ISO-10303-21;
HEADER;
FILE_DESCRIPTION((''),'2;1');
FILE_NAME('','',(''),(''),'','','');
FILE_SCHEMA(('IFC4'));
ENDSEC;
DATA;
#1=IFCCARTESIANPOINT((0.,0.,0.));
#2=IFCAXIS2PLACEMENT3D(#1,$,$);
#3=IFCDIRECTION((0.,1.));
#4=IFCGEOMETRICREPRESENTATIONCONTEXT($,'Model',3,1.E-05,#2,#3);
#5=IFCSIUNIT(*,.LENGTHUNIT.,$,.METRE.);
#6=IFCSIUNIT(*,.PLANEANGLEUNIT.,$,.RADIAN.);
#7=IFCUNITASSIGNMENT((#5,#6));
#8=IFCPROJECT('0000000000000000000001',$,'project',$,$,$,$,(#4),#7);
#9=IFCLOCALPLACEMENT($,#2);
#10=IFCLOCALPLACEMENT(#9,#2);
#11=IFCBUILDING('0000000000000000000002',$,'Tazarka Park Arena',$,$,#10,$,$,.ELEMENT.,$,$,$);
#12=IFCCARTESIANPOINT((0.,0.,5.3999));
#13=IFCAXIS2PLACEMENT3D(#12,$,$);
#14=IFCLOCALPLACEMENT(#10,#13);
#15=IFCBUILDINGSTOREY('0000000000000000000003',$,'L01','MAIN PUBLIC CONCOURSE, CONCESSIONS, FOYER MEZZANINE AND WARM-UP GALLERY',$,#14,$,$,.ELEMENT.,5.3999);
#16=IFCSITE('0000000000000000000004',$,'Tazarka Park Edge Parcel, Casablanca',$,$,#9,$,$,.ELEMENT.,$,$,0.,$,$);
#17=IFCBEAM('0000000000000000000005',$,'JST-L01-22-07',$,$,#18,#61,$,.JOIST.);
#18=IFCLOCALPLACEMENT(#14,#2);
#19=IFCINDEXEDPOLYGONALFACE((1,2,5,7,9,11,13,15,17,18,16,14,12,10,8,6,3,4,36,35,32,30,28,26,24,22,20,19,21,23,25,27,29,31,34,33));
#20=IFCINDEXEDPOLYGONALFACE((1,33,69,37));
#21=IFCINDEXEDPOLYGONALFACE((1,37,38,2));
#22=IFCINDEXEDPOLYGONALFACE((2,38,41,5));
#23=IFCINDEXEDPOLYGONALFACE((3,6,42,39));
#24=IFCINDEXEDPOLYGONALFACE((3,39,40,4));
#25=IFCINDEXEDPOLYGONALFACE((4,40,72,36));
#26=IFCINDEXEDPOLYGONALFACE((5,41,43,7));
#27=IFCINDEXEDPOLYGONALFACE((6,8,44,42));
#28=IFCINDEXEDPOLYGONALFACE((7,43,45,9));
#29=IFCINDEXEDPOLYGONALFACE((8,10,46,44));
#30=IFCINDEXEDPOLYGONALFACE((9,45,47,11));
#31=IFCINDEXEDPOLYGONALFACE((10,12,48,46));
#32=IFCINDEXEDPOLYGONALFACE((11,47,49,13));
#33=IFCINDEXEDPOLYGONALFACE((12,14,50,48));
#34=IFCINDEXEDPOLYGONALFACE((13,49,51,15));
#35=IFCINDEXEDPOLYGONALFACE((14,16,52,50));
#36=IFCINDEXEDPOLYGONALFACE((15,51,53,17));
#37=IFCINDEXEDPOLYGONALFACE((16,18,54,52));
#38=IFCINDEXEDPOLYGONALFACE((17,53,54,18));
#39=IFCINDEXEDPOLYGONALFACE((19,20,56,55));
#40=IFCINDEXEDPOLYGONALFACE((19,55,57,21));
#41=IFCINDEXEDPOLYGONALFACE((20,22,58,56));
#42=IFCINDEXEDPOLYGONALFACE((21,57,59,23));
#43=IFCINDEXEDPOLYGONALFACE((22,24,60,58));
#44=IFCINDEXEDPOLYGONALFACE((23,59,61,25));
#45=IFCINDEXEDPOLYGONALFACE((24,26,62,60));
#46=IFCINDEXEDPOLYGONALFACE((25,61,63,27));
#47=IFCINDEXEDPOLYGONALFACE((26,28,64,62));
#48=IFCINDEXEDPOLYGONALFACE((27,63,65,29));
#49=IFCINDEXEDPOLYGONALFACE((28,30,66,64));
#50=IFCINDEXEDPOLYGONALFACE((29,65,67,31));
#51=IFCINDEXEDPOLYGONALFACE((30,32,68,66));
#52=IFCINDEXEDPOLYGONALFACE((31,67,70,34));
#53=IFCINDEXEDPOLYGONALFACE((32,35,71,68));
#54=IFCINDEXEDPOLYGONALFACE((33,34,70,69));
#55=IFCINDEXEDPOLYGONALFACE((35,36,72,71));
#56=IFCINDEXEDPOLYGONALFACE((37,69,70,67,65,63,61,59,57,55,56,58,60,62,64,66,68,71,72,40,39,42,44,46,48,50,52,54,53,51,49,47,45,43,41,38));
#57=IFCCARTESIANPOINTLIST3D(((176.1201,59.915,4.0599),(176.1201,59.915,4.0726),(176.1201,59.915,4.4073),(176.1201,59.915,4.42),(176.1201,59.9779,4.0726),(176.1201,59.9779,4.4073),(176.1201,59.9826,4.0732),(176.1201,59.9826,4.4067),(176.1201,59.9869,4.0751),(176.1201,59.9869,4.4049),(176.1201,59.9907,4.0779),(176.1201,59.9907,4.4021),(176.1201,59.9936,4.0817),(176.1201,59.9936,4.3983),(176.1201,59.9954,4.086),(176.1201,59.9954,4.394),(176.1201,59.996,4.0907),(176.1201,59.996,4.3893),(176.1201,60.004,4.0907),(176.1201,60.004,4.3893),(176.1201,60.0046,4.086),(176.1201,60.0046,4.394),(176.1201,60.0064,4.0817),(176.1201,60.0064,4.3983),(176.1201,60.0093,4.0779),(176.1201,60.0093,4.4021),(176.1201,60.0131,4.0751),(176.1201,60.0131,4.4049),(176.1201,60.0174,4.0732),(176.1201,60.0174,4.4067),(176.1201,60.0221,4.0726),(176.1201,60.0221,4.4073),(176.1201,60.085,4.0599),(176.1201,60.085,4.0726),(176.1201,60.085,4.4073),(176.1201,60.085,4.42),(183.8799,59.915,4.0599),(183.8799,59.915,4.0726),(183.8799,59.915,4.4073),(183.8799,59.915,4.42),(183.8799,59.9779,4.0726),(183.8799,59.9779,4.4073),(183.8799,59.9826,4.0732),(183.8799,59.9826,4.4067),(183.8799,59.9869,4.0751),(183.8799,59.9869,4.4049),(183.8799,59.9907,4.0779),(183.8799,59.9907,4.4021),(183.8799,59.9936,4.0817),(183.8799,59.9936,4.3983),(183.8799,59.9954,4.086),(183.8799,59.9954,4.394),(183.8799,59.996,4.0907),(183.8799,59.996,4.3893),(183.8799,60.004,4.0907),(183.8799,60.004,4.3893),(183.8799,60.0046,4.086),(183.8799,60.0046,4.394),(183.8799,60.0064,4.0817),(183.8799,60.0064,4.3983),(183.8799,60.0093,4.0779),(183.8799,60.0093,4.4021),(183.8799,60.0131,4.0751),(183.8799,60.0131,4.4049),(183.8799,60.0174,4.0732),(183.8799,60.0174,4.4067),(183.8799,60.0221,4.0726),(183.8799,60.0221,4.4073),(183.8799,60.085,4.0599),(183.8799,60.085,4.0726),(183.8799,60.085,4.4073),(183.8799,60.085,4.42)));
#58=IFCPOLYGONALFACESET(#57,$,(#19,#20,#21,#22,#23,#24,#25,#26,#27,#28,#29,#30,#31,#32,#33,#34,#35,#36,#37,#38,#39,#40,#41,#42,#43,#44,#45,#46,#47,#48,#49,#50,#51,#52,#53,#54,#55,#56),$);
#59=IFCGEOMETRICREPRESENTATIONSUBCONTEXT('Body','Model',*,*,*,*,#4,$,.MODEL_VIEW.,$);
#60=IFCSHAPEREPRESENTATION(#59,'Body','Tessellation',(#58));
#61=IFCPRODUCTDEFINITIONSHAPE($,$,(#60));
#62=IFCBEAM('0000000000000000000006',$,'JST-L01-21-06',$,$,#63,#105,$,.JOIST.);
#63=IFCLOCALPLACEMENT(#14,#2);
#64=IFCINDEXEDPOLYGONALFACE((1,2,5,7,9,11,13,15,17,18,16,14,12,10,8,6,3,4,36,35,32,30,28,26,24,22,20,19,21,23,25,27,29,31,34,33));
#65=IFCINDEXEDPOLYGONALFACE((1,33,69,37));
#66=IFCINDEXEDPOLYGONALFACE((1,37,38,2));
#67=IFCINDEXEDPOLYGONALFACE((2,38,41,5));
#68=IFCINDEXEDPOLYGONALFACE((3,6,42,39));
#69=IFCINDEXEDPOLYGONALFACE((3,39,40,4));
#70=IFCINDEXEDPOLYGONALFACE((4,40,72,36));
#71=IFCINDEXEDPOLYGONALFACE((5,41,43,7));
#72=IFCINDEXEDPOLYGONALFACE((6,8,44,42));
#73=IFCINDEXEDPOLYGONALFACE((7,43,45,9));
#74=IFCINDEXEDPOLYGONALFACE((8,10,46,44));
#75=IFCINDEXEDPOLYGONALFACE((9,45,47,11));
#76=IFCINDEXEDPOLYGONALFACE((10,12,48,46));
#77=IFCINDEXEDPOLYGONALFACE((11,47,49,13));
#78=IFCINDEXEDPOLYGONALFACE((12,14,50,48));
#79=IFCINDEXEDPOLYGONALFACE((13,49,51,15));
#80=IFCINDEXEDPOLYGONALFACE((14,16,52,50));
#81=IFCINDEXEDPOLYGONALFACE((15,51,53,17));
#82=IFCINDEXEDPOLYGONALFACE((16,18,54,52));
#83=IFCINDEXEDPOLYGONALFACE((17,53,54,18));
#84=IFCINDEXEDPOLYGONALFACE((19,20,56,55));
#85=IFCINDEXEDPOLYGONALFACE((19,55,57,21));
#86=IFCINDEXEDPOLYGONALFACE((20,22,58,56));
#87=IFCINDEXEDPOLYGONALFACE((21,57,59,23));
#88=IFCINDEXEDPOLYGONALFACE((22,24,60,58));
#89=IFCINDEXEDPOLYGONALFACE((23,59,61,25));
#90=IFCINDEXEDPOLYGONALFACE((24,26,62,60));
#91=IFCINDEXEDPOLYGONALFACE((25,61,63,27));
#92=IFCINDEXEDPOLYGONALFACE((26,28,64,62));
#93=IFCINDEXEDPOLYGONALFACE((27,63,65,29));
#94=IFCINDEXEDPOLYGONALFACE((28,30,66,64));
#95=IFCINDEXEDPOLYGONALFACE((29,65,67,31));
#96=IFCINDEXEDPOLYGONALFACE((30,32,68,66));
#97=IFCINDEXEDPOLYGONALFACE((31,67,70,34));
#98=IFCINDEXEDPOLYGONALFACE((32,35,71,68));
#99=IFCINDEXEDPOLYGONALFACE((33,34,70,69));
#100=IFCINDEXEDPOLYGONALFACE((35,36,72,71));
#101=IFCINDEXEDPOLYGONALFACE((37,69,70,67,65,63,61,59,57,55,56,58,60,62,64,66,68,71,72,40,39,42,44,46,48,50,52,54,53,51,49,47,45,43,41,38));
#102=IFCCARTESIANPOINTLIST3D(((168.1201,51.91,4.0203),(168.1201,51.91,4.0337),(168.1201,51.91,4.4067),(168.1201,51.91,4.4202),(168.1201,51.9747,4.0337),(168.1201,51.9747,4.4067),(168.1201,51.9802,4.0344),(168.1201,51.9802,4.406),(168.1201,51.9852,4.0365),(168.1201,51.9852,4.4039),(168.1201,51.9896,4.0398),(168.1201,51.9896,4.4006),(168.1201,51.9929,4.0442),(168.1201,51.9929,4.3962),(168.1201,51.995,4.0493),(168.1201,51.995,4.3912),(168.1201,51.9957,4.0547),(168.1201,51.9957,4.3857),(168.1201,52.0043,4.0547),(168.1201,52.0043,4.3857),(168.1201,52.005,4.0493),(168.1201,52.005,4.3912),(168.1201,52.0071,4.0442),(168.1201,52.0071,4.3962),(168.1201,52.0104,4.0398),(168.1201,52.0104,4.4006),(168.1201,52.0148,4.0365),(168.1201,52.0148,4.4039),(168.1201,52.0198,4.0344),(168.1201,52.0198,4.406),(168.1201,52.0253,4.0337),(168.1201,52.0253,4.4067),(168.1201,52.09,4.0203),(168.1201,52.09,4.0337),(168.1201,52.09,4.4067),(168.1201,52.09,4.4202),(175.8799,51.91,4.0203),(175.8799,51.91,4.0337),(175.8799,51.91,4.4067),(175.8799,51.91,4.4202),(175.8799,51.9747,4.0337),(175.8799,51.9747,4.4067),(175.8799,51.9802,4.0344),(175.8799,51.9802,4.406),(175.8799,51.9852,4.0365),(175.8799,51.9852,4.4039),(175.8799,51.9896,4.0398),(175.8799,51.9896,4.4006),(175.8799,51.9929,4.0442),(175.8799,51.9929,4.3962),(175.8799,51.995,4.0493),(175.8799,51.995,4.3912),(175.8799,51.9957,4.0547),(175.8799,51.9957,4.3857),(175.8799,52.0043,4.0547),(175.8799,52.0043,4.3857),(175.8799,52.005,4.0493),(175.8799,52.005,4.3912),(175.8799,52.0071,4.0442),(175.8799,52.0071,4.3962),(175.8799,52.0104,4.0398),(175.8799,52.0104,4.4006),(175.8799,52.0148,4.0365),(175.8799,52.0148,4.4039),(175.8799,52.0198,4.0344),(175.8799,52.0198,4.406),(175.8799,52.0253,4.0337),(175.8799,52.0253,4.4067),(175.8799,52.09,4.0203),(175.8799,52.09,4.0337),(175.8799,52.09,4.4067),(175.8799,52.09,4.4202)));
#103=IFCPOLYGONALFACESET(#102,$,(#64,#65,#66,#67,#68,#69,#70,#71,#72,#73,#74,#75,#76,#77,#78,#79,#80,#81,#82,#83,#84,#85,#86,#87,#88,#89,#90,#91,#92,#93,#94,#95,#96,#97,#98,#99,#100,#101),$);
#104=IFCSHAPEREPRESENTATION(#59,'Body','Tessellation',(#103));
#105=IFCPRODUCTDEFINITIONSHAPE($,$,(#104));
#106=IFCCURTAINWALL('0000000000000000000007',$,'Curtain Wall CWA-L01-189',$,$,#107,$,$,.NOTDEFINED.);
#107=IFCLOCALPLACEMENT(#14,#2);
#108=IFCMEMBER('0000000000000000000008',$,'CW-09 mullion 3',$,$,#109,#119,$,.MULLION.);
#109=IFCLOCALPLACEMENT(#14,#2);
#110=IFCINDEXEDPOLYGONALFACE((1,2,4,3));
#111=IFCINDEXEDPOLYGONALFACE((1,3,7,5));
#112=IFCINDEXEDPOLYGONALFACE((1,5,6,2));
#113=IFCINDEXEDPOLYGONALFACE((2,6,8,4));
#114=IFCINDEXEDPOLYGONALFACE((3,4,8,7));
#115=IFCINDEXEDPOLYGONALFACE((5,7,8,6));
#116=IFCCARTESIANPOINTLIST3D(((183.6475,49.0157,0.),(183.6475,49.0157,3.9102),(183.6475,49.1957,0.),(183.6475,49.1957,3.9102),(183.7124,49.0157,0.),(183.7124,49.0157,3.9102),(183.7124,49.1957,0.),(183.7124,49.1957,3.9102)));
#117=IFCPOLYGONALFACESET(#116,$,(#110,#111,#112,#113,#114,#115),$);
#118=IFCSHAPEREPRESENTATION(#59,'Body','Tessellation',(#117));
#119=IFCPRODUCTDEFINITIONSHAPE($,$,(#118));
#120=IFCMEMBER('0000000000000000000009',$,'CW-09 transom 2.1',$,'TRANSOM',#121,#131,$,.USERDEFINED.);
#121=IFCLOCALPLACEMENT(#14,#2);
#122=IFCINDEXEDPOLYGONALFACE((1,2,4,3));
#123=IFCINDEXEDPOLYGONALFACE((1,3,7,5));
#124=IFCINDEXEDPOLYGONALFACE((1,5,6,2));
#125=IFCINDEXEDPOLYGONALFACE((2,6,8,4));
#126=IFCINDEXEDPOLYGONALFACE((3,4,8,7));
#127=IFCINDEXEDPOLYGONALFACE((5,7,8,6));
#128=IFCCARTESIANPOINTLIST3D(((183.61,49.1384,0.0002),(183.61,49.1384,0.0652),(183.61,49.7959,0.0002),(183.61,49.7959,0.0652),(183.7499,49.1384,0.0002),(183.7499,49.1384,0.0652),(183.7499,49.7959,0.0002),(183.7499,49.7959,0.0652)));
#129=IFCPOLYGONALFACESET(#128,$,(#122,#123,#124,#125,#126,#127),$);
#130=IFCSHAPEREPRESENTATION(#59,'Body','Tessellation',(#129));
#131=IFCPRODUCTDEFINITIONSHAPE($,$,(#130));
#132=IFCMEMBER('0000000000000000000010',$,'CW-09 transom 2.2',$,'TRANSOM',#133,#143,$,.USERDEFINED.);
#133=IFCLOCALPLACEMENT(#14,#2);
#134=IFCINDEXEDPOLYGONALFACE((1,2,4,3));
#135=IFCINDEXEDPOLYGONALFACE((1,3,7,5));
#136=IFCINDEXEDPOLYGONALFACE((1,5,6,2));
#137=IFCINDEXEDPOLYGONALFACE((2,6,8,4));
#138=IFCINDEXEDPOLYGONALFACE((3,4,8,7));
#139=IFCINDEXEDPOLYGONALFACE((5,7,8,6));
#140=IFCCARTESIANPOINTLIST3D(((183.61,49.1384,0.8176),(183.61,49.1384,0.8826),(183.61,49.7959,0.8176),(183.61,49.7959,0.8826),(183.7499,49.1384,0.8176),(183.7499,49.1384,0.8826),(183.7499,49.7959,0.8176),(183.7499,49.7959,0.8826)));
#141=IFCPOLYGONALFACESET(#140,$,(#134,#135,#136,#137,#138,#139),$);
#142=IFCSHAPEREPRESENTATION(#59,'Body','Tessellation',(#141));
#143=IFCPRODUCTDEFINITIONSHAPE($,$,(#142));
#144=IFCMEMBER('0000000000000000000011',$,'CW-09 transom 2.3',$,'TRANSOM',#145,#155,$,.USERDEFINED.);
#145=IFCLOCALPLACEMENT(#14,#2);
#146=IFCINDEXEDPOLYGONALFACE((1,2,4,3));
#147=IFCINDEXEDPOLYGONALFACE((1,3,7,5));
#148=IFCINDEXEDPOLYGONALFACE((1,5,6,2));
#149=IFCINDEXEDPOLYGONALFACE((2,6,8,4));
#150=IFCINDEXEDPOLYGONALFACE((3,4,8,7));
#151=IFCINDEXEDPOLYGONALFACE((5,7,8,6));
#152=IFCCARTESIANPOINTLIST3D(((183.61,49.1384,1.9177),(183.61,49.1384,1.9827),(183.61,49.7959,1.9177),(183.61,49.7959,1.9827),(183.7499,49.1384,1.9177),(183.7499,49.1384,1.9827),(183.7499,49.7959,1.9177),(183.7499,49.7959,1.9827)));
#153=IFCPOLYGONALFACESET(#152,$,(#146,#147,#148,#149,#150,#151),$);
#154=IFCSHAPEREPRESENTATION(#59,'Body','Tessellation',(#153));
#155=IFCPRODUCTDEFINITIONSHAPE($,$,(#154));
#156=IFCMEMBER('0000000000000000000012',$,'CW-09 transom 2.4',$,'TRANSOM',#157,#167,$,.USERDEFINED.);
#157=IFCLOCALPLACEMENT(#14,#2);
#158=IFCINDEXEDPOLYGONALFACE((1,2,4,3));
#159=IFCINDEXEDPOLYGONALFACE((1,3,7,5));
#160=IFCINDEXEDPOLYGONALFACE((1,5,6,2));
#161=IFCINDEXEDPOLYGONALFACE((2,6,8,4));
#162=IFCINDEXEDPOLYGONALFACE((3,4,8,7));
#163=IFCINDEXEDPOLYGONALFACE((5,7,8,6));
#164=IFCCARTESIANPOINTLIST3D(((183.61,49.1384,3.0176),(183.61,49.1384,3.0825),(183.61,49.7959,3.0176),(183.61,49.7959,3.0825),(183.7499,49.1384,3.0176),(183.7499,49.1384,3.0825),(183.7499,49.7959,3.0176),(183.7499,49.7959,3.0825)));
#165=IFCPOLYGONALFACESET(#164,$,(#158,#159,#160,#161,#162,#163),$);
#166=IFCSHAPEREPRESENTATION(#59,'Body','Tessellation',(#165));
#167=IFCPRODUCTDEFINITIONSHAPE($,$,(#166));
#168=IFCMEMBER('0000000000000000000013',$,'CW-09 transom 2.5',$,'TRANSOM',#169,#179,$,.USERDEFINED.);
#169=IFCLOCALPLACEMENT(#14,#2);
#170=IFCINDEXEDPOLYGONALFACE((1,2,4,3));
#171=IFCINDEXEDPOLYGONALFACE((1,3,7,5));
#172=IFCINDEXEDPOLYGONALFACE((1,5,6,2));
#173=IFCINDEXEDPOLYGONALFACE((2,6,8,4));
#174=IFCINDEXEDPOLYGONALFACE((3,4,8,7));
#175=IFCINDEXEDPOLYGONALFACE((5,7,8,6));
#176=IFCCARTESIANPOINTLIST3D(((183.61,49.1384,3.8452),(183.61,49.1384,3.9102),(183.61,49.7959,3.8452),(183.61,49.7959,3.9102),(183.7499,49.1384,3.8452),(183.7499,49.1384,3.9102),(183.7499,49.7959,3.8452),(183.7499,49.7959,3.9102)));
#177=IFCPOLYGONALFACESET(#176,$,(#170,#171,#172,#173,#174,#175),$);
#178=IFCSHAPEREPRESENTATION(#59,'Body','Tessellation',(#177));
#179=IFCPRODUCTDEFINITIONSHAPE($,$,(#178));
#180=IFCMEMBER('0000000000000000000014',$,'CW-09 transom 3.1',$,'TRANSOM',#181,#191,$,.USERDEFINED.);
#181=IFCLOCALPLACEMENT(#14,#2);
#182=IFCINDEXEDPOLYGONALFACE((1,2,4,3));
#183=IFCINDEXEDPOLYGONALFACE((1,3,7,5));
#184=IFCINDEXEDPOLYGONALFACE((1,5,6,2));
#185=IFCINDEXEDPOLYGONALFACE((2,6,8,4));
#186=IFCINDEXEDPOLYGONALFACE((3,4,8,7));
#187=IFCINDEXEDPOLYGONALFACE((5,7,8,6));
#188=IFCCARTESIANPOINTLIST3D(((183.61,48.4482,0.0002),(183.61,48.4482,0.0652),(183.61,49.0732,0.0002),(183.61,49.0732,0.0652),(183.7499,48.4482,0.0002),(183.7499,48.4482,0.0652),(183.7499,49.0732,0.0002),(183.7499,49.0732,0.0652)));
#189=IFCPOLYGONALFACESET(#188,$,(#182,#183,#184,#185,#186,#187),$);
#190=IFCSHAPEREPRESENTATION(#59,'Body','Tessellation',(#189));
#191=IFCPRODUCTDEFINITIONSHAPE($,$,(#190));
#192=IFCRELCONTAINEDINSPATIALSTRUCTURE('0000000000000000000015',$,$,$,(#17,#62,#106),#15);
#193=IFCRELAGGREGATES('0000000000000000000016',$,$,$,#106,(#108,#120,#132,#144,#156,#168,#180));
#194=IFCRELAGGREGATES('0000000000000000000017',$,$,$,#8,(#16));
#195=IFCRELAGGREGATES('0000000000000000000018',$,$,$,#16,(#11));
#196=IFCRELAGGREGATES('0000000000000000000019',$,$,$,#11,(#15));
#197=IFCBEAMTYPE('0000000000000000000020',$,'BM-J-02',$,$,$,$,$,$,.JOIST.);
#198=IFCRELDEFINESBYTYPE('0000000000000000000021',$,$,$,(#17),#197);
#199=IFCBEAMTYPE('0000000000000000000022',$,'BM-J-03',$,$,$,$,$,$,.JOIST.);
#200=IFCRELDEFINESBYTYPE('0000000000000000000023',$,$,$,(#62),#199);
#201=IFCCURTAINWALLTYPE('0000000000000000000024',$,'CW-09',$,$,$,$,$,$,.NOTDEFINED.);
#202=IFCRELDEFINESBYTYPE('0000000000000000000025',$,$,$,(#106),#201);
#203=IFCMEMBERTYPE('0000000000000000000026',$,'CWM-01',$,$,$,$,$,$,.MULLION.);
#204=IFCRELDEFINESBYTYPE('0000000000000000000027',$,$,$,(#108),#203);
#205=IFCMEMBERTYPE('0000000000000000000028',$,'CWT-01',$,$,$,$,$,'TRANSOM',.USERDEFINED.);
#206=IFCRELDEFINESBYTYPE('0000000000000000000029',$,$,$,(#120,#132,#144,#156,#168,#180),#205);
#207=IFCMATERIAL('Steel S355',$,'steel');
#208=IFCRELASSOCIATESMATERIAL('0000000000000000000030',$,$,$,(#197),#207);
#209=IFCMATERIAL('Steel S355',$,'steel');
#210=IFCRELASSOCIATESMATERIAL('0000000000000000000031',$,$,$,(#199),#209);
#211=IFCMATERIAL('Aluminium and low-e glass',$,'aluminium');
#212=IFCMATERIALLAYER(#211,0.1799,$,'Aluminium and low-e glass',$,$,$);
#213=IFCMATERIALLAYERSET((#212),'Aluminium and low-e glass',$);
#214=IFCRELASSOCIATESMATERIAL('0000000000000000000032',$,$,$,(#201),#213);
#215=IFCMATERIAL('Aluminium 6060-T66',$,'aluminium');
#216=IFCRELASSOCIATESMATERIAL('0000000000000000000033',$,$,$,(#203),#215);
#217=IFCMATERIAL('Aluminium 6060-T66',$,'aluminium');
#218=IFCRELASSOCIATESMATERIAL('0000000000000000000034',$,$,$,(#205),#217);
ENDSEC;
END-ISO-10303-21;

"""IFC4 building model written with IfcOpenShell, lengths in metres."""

from ifc_helpers import new_model, si_unit, direction, frame, origin, origin_2d, place, context, subcontext, project, spatial, rectangle, i_section, extrude, material, layer, layer_set, material_profile, profile_set, type_object, element, aggregate, save


model = new_model("IFC4")

# Units and contexts
model_context = context("Model", 3, precision=1e-05, world=origin(), true_north=direction((0.0, 1.0)))
body_context = subcontext(model_context, "Body", "Model", "MODEL_VIEW")
ifc_project = project(units=[si_unit("LENGTHUNIT", "METRE"), si_unit("PLANEANGLEUNIT", "RADIAN")], contexts=[model_context])

# Site, building, storey
site_placement = place(None, origin())
site = spatial("IfcSite", under=ifc_project, at=site_placement, Name="Tazarka Park Edge Parcel, Casablanca", CompositionType="ELEMENT", RefElevation=0.0)
building_placement = place(site_placement, origin())
building = spatial("IfcBuilding", under=site, at=building_placement, Name="Tazarka Park Arena", CompositionType="ELEMENT")
storey_placement = place(building_placement, frame((0.0, 0.0, 5.3999)))
storey = spatial("IfcBuildingStorey", under=building, at=storey_placement, Name="L01", Description="MAIN PUBLIC CONCOURSE, CONCESSIONS, FOYER MEZZANINE AND WARM-UP GALLERY", CompositionType="ELEMENT", Elevation=5.3999)

# Beams
ifc_material_1 = material(Name="Steel S355", Category="steel")
ifc_material_profile_1 = material_profile(ifc_material_1, i_section(OverallWidth=0.1699, OverallDepth=0.3601, WebThickness=0.0081, FlangeThickness=0.0127, FilletRadius=0.0181, at=origin_2d()), Name="Steel S355")
ifc_profile_set_1 = profile_set([ifc_material_profile_1], Name="Steel S355")
beam_type_1 = type_object("IfcBeamType", Name="BM-J-02", PredefinedType="JOIST", material=ifc_profile_set_1)
beam_1_placement = place(storey_placement, frame((176.1201, 60.0, 4.24), z_axis=(1.0, 0.0, 0.0), x_axis=(0.0, 1.0, 0.0)))
element("IfcBeam", 1, at=beam_1_placement, inside=storey, type_object=beam_type_1, Name="JST-L01-22-07", PredefinedType="JOIST", context=body_context, shape_type="SweptSolid", body=[
    extrude(i_section(OverallWidth=0.1699, OverallDepth=0.3601, WebThickness=0.0081, FlangeThickness=0.0127, FilletRadius=0.0181, at=origin_2d()), origin(), (0.0, 0.0, 1.0), 7.7598),
])
ifc_material_2 = material(Name="Steel S355", Category="steel")
ifc_material_profile_2 = material_profile(ifc_material_2, i_section(OverallWidth=0.1799, OverallDepth=0.3999, WebThickness=0.0085, FlangeThickness=0.0134, FilletRadius=0.021, at=origin_2d()), Name="Steel S355")
ifc_profile_set_2 = profile_set([ifc_material_profile_2], Name="Steel S355")
beam_type_2 = type_object("IfcBeamType", Name="BM-J-03", PredefinedType="JOIST", material=ifc_profile_set_2)
beam_2_placement = place(storey_placement, frame((168.1201, 52.0, 4.2202), z_axis=(1.0, 0.0, 0.0), x_axis=(0.0, 1.0, 0.0)))
element("IfcBeam", 2, at=beam_2_placement, inside=storey, type_object=beam_type_2, Name="JST-L01-21-06", PredefinedType="JOIST", context=body_context, shape_type="SweptSolid", body=[
    extrude(i_section(OverallWidth=0.1799, OverallDepth=0.3999, WebThickness=0.0085, FlangeThickness=0.0134, FilletRadius=0.021, at=origin_2d()), origin(), (0.0, 0.0, 1.0), 7.7598),
])

# Curtain wall, members
ifc_material_3 = material(Name="Aluminium and low-e glass", Category="aluminium")
ifc_layer_1 = layer(ifc_material_3, 0.1799, Name="Aluminium and low-e glass")
ifc_layer_set_1 = layer_set([ifc_layer_1], Name="Aluminium and low-e glass")
curtain_wall_type = type_object("IfcCurtainWallType", Name="CW-09", PredefinedType="NOTDEFINED", material=ifc_layer_set_1)
curtain_wall_placement = place(storey_placement, origin())
curtain_wall = element("IfcCurtainWall", 3, at=curtain_wall_placement, inside=storey, type_object=curtain_wall_type, Name="Curtain Wall CWA-L01-189", PredefinedType="NOTDEFINED")
ifc_material_4 = material(Name="Aluminium 6060-T66", Category="aluminium")
ifc_material_profile_3 = material_profile(ifc_material_4, rectangle(XDim=0.0649, YDim=0.1799, at=origin_2d()), Name="Aluminium 6060-T66")
ifc_profile_set_3 = profile_set([ifc_material_profile_3], Name="Aluminium 6060-T66")
member_type_1 = type_object("IfcMemberType", Name="CWM-01", PredefinedType="MULLION", material=ifc_profile_set_3)
member_1_placement = place(storey_placement, frame((183.6799, 49.1057, 0.0), z_axis=(0.0, 0.0, 1.0), x_axis=(1.0, 0.0, 0.0)))
member_1 = element("IfcMember", 4, at=member_1_placement, type_object=member_type_1, Name="CW-09 mullion 3", PredefinedType="MULLION", context=body_context, shape_type="SweptSolid", body=[
    extrude(rectangle(XDim=0.0649, YDim=0.1799, at=origin_2d()), origin(), (0.0, 0.0, 1.0), 3.9102),
])
ifc_material_5 = material(Name="Aluminium 6060-T66", Category="aluminium")
ifc_material_profile_4 = material_profile(ifc_material_5, rectangle(XDim=0.1399, YDim=0.0649, at=origin_2d()), Name="Aluminium 6060-T66")
ifc_profile_set_4 = profile_set([ifc_material_profile_4], Name="Aluminium 6060-T66")
member_type_2 = type_object("IfcMemberType", Name="CWT-01", ElementType="TRANSOM", PredefinedType="USERDEFINED", material=ifc_profile_set_4)
member_2_placement = place(storey_placement, frame((183.6799, 49.7959, 0.0327), z_axis=(0.0, -1.0, 0.0), x_axis=(1.0, 0.0, 0.0)))
member_2 = element("IfcMember", 5, at=member_2_placement, type_object=member_type_2, Name="CW-09 transom 2.1", ObjectType="TRANSOM", PredefinedType="USERDEFINED", context=body_context, shape_type="SweptSolid", body=[
    extrude(rectangle(XDim=0.1399, YDim=0.0649, at=origin_2d()), origin(), (0.0, 0.0, 1.0), 0.6575),
])
member_3_placement = place(storey_placement, frame((183.6799, 49.7959, 0.8501), z_axis=(0.0, -1.0, 0.0), x_axis=(1.0, 0.0, 0.0)))
member_3 = element("IfcMember", 6, at=member_3_placement, type_object=member_type_2, Name="CW-09 transom 2.2", ObjectType="TRANSOM", PredefinedType="USERDEFINED", context=body_context, shape_type="SweptSolid", body=[
    extrude(rectangle(XDim=0.1399, YDim=0.0649, at=origin_2d()), origin(), (0.0, 0.0, 1.0), 0.6575),
])
member_4_placement = place(storey_placement, frame((183.6799, 49.7959, 1.9502), z_axis=(0.0, -1.0, 0.0), x_axis=(1.0, 0.0, 0.0)))
member_4 = element("IfcMember", 7, at=member_4_placement, type_object=member_type_2, Name="CW-09 transom 2.3", ObjectType="TRANSOM", PredefinedType="USERDEFINED", context=body_context, shape_type="SweptSolid", body=[
    extrude(rectangle(XDim=0.1399, YDim=0.0649, at=origin_2d()), origin(), (0.0, 0.0, 1.0), 0.6575),
])
member_5_placement = place(storey_placement, frame((183.6799, 49.7959, 3.05), z_axis=(0.0, -1.0, 0.0), x_axis=(1.0, 0.0, 0.0)))
member_5 = element("IfcMember", 8, at=member_5_placement, type_object=member_type_2, Name="CW-09 transom 2.4", ObjectType="TRANSOM", PredefinedType="USERDEFINED", context=body_context, shape_type="SweptSolid", body=[
    extrude(rectangle(XDim=0.1399, YDim=0.0649, at=origin_2d()), origin(), (0.0, 0.0, 1.0), 0.6575),
])
member_6_placement = place(storey_placement, frame((183.6799, 49.7959, 3.8777), z_axis=(0.0, -1.0, 0.0), x_axis=(1.0, 0.0, 0.0)))
member_6 = element("IfcMember", 9, at=member_6_placement, type_object=member_type_2, Name="CW-09 transom 2.5", ObjectType="TRANSOM", PredefinedType="USERDEFINED", context=body_context, shape_type="SweptSolid", body=[
    extrude(rectangle(XDim=0.1399, YDim=0.0649, at=origin_2d()), origin(), (0.0, 0.0, 1.0), 0.6575),
])
member_7_placement = place(storey_placement, frame((183.6799, 49.0732, 0.0327), z_axis=(0.0, -1.0, 0.0), x_axis=(1.0, 0.0, 0.0)))
member_7 = element("IfcMember", 10, at=member_7_placement, type_object=member_type_2, Name="CW-09 transom 3.1", ObjectType="TRANSOM", PredefinedType="USERDEFINED", context=body_context, shape_type="SweptSolid", body=[
    extrude(rectangle(XDim=0.1399, YDim=0.0649, at=origin_2d()), origin(), (0.0, 0.0, 1.0), 0.625),
])
aggregate(curtain_wall, [member_1, member_2, member_3, member_4, member_5, member_6, member_7])

save(model, "model.ifc")
